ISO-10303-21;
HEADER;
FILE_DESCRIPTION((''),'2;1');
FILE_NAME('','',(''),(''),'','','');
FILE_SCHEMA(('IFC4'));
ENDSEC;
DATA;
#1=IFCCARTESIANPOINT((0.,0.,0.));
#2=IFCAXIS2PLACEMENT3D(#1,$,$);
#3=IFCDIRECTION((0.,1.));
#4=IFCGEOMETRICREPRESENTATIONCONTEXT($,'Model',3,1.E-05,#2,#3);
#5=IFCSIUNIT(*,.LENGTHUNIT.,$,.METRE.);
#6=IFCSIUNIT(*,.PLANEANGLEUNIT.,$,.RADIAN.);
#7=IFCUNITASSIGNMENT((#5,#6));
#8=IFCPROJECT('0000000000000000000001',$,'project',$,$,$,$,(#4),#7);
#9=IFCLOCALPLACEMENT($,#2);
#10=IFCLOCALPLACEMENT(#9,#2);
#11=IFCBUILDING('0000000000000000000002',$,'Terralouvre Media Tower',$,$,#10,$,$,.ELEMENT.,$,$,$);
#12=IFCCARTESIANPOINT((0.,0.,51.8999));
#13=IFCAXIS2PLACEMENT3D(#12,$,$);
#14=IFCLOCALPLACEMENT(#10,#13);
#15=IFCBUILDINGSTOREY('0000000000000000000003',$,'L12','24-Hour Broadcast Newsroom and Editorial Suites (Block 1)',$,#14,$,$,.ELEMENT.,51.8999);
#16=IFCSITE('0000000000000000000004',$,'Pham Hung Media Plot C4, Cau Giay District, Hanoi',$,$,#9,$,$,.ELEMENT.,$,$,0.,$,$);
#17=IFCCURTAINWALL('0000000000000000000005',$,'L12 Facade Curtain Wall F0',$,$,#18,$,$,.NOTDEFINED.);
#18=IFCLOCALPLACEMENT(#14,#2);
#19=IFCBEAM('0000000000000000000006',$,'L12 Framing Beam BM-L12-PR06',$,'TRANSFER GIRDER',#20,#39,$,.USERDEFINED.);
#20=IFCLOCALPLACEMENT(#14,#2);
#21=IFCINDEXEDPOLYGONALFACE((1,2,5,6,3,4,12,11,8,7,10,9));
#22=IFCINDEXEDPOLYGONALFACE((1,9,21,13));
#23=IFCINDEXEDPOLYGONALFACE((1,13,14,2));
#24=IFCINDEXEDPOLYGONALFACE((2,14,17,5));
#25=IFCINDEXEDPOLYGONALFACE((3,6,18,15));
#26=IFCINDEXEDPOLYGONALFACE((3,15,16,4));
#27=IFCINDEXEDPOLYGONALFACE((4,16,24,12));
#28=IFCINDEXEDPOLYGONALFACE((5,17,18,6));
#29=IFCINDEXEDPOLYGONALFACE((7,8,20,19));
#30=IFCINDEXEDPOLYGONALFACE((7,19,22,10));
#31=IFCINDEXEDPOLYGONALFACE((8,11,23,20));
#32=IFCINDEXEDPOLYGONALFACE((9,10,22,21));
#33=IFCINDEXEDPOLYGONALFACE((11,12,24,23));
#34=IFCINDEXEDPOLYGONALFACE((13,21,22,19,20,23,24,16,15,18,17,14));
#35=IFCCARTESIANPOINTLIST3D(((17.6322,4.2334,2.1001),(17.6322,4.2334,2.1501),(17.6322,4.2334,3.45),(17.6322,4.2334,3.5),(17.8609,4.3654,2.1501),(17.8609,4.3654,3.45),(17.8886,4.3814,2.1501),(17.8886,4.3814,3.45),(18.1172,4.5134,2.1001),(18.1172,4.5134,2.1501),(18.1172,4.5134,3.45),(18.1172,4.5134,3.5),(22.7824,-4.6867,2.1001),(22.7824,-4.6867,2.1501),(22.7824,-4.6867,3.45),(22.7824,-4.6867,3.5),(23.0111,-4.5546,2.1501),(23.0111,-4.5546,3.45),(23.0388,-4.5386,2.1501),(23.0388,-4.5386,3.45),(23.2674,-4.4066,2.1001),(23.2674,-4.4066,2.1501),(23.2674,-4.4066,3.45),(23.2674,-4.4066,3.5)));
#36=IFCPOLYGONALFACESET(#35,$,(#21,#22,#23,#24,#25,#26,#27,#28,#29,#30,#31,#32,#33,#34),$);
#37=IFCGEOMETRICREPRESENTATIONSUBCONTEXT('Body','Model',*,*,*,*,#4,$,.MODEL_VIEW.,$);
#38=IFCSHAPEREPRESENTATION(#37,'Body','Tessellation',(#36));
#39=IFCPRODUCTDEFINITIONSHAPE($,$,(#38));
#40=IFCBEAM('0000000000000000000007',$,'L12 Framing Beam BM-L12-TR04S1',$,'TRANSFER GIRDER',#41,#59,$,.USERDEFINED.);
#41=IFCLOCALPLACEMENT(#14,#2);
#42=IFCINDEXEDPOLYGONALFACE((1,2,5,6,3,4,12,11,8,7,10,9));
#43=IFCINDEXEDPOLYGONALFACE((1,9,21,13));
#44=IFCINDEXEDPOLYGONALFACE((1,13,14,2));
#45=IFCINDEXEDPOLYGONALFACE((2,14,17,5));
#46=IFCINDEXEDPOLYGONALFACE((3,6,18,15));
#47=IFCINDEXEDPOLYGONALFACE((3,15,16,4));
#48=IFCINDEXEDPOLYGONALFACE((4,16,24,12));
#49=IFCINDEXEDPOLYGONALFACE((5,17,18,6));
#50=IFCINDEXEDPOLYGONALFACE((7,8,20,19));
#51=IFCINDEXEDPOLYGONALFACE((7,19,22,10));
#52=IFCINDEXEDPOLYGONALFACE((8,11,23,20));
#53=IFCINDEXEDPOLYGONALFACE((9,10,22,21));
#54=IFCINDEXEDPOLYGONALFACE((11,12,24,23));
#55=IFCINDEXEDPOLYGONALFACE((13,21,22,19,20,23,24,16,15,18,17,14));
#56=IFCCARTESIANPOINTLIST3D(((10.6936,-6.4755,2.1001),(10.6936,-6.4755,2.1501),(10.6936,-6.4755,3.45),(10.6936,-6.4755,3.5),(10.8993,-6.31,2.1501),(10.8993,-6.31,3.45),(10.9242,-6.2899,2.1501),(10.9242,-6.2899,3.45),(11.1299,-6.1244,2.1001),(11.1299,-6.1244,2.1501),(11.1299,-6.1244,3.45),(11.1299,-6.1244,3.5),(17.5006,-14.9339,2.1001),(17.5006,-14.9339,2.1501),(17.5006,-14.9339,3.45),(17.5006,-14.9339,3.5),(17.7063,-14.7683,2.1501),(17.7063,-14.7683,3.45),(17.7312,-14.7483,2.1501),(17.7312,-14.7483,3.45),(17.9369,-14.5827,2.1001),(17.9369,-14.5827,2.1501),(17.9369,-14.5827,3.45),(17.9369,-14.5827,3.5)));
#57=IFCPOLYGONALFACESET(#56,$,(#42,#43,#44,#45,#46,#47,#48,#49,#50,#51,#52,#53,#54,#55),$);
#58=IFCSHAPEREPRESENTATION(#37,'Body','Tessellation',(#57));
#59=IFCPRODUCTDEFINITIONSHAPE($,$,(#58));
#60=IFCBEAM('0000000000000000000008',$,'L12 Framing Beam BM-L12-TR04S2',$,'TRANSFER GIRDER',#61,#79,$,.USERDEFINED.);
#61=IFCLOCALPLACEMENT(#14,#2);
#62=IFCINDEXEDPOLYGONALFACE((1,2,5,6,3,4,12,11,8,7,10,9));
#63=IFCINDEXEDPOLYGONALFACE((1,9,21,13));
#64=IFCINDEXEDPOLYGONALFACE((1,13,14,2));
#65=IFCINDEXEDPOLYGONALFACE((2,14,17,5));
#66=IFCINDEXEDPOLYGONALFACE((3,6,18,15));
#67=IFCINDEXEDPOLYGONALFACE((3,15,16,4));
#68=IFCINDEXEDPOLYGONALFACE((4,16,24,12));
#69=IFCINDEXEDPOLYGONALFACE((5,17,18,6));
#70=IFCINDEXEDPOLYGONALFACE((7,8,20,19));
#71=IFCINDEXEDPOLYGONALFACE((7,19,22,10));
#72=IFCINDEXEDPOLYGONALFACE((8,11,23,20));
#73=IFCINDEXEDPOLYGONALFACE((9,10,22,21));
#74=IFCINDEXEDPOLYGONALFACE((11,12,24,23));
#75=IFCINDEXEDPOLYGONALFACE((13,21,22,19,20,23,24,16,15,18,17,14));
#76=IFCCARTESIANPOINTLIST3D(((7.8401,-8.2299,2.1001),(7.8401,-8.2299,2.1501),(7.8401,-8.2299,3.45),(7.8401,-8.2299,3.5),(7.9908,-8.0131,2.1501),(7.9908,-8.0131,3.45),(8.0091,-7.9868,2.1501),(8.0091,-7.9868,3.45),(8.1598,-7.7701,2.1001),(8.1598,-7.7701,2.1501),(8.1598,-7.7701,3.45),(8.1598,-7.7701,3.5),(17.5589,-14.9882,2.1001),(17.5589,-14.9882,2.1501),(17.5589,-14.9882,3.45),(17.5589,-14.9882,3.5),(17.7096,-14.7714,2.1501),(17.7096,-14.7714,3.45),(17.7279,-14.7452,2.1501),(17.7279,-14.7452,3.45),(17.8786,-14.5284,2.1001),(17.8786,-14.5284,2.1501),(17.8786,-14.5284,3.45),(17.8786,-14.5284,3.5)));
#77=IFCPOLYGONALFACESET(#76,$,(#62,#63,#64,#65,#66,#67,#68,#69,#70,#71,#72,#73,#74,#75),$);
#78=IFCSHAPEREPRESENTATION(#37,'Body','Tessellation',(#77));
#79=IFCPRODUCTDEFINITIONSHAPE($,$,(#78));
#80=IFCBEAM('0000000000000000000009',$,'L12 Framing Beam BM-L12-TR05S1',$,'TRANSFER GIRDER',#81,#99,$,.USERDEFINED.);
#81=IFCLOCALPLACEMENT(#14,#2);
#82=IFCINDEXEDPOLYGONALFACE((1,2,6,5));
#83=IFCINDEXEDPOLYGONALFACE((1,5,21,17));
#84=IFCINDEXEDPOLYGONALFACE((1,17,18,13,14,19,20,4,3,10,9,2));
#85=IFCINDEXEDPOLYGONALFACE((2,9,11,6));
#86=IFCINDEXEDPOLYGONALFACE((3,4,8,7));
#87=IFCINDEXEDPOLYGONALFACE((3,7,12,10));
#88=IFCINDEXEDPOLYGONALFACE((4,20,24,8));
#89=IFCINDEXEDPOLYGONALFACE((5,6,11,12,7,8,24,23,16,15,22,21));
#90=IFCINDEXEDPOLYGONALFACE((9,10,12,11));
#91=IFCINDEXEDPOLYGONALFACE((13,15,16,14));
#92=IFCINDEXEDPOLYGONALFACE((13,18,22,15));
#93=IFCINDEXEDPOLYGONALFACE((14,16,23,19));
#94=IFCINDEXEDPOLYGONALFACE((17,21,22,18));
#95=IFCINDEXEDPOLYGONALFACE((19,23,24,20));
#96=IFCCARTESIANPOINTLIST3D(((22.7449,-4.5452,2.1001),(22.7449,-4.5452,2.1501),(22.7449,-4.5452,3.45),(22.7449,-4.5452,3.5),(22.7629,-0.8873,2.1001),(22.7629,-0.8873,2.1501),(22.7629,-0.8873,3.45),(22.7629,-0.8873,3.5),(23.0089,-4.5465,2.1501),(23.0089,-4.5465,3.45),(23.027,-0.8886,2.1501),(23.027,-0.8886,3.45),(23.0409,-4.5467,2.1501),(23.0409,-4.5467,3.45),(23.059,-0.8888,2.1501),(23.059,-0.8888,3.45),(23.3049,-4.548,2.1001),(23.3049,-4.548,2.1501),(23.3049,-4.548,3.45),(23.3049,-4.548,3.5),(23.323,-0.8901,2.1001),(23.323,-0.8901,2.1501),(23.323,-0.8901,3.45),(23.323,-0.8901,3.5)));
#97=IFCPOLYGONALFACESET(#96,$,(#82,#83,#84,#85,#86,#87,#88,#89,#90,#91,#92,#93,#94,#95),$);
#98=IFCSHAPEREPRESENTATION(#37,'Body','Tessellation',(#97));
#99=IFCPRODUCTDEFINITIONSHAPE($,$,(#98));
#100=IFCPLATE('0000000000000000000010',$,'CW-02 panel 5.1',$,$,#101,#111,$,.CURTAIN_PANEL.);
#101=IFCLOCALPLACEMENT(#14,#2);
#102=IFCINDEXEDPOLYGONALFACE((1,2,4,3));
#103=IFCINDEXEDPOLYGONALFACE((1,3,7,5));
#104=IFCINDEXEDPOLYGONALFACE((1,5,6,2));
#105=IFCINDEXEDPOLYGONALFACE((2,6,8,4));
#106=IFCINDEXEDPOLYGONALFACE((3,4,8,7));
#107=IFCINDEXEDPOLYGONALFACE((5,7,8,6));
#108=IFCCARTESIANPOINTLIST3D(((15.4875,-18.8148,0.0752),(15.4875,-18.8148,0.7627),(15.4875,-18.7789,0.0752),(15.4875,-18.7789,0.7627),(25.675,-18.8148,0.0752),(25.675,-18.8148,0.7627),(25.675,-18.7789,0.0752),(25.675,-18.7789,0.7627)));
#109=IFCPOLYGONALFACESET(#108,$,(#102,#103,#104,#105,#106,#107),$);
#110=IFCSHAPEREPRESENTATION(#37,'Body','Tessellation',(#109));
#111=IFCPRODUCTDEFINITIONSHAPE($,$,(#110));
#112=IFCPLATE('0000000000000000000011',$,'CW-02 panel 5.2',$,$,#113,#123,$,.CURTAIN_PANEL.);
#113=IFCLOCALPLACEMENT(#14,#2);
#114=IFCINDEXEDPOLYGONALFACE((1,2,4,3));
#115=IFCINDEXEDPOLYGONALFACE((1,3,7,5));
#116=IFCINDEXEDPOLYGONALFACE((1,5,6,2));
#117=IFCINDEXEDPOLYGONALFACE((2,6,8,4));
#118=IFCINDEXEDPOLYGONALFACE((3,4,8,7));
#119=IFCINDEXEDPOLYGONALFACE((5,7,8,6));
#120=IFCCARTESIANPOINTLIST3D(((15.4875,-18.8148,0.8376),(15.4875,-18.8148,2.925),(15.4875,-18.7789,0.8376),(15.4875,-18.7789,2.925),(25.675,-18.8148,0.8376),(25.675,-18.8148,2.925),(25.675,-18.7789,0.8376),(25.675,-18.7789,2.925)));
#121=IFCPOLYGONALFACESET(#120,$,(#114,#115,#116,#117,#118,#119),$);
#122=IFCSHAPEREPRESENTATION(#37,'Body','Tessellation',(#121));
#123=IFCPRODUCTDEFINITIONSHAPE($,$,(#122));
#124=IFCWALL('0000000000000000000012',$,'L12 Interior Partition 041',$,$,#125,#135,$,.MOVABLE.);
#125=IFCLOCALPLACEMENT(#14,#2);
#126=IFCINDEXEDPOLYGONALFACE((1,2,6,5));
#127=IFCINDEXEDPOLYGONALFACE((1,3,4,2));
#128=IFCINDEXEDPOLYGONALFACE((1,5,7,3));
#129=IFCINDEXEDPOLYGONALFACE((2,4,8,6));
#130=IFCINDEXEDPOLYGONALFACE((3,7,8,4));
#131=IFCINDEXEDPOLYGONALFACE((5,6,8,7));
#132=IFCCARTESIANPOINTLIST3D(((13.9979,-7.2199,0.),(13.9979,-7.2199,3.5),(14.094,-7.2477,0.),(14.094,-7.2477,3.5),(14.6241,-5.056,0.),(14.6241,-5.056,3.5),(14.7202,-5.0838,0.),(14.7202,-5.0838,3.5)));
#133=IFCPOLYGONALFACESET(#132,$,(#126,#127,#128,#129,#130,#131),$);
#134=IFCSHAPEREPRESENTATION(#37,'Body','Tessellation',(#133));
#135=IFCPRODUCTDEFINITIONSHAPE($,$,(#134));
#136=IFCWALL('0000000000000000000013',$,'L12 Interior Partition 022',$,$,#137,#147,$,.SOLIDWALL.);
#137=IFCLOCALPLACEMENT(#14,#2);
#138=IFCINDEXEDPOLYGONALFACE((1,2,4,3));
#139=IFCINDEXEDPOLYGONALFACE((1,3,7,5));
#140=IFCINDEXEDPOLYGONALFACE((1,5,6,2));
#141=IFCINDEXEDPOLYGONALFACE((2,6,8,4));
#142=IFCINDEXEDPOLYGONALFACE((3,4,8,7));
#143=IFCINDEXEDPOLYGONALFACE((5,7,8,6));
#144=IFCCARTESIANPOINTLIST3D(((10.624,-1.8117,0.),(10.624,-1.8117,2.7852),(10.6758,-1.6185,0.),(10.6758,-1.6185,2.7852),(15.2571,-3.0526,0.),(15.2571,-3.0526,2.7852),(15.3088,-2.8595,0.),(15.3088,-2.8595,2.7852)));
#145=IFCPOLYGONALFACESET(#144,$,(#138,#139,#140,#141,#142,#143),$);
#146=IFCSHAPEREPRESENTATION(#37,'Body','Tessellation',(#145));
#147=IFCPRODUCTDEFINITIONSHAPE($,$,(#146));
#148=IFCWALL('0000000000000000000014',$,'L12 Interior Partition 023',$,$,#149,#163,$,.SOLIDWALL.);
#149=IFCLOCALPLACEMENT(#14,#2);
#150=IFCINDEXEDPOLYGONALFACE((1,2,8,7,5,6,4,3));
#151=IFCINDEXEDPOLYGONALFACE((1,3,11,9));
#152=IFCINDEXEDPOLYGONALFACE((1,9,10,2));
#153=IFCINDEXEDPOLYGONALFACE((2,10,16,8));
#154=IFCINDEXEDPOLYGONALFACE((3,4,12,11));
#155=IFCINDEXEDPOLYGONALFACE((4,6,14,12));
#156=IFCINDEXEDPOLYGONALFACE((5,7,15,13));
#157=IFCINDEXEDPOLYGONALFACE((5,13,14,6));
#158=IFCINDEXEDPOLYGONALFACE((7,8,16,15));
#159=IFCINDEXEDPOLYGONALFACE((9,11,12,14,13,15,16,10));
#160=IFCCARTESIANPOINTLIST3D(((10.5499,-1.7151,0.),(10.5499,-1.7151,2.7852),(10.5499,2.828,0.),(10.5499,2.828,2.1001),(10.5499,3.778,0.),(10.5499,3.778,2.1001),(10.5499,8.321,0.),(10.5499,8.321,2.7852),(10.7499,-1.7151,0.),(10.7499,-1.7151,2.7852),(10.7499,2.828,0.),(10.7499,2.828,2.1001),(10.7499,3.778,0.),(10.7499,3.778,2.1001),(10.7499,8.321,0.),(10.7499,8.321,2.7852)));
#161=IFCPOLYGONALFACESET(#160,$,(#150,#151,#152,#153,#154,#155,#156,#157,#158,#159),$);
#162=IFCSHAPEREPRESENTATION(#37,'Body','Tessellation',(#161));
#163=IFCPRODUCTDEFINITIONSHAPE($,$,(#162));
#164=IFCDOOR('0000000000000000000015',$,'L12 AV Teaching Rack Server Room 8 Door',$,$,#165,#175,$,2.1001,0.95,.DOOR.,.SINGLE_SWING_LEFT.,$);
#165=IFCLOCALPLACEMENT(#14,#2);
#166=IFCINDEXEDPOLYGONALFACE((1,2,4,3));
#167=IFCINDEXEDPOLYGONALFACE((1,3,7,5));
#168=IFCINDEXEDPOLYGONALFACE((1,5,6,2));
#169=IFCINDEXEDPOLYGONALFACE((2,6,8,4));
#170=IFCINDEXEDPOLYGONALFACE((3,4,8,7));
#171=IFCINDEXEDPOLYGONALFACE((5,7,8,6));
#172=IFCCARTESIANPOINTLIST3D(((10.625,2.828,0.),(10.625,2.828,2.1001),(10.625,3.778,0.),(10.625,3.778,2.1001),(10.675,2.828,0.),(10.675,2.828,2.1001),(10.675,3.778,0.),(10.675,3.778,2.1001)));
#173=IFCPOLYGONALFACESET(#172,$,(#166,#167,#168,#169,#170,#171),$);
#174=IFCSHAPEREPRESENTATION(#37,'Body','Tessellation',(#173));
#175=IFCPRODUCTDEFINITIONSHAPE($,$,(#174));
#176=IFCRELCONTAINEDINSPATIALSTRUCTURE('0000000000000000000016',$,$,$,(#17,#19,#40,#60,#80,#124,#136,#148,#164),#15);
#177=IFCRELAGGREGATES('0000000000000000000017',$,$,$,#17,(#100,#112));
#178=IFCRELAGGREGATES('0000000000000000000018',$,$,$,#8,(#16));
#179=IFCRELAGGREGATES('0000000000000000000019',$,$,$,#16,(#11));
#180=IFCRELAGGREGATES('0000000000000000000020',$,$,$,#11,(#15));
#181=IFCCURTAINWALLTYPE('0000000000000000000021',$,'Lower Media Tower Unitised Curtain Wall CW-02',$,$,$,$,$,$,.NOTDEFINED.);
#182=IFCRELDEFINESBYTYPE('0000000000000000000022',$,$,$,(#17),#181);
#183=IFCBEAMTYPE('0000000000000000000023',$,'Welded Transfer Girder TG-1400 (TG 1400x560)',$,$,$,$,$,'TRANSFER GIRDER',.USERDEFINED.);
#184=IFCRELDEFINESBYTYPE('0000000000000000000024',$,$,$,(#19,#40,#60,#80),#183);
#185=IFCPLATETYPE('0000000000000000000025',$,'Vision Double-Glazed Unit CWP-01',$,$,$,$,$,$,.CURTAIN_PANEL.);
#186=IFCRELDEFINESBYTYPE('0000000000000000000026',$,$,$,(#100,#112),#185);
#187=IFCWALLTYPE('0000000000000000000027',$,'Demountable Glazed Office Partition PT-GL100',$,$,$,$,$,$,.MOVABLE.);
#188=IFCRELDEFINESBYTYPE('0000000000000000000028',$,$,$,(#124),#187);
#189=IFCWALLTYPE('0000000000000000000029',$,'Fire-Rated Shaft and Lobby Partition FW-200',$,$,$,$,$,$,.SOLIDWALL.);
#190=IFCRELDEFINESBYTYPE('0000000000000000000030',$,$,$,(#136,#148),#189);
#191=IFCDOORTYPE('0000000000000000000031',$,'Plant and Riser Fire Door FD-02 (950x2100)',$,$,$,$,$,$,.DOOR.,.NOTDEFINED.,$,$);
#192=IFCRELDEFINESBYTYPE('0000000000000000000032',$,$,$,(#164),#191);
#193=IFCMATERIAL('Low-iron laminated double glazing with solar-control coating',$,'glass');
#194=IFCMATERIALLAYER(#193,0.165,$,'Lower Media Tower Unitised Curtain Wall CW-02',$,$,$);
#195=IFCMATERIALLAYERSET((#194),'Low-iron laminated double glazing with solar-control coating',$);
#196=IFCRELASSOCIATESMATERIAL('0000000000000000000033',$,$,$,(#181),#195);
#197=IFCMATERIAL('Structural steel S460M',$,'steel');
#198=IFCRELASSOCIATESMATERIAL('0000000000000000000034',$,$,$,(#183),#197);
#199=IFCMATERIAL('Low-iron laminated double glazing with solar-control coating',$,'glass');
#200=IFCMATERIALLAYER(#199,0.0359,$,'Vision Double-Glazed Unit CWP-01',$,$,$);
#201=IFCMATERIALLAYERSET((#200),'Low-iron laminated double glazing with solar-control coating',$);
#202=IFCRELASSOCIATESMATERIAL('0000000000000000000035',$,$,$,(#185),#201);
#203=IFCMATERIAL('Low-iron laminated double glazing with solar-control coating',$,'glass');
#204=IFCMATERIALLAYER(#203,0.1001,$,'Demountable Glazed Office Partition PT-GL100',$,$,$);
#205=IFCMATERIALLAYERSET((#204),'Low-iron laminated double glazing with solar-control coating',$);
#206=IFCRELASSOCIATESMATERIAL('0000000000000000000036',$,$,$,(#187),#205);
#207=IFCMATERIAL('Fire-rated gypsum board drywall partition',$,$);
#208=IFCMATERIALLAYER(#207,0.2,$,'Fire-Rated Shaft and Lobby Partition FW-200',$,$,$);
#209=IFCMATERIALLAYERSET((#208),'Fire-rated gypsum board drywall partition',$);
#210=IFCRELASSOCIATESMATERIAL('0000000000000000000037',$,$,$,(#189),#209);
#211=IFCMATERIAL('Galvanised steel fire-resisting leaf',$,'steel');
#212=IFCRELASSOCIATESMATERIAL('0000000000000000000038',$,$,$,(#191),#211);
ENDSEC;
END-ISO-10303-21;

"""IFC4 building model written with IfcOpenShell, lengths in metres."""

from ifc_helpers import new_model, si_unit, direction, frame, frame_2d, origin, origin_2d, place, context, subcontext, project, spatial, rectangle, i_section, extrude, material, layer, layer_set, material_profile, profile_set, type_object, element, fill, aggregate, save


model = new_model("IFC4")

# Units and contexts
model_context = context("Model", 3, precision=1e-05, world=origin(), true_north=direction((0.0, 1.0)))
body_context = subcontext(model_context, "Body", "Model", "MODEL_VIEW")
ifc_project = project(units=[si_unit("LENGTHUNIT", "METRE"), si_unit("PLANEANGLEUNIT", "RADIAN")], contexts=[model_context])

# Site, building, storey
site_placement = place(None, origin())
site = spatial("IfcSite", under=ifc_project, at=site_placement, Name="Pham Hung Media Plot C4, Cau Giay District, Hanoi", CompositionType="ELEMENT", RefElevation=0.0)
building_placement = place(site_placement, origin())
building = spatial("IfcBuilding", under=site, at=building_placement, Name="Terralouvre Media Tower", CompositionType="ELEMENT")
storey_placement = place(building_placement, frame((0.0, 0.0, 51.8999)))
storey = spatial("IfcBuildingStorey", under=building, at=storey_placement, Name="L12", Description="24-Hour Broadcast Newsroom and Editorial Suites (Block 1)", CompositionType="ELEMENT", Elevation=51.8999)

# Curtain wall
ifc_material_1 = material(Name="Low-iron laminated double glazing with solar-control coating", Category="glass")
ifc_layer_1 = layer(ifc_material_1, 0.165, Name="Lower Media Tower Unitised Curtain Wall CW-02")
ifc_layer_set_1 = layer_set([ifc_layer_1], Name="Low-iron laminated double glazing with solar-control coating")
curtain_wall_type = type_object("IfcCurtainWallType", Name="Lower Media Tower Unitised Curtain Wall CW-02", PredefinedType="NOTDEFINED", material=ifc_layer_set_1)
curtain_wall_placement = place(storey_placement, origin())
curtain_wall = element("IfcCurtainWall", 1, at=curtain_wall_placement, inside=storey, type_object=curtain_wall_type, Name="L12 Facade Curtain Wall F0", PredefinedType="NOTDEFINED")

# Beams
ifc_material_2 = material(Name="Structural steel S460M", Category="steel")
ifc_material_profile_1 = material_profile(ifc_material_2, i_section(OverallWidth=0.5601, OverallDepth=1.3999, WebThickness=0.032, FlangeThickness=0.05, at=origin_2d()), Name="TG 1400x560")
ifc_profile_set_1 = profile_set([ifc_material_profile_1], Name="Structural steel S460M")
beam_type_1 = type_object("IfcBeamType", Name="Welded Transfer Girder TG-1400 (TG 1400x560)", ElementType="TRANSFER GIRDER", PredefinedType="USERDEFINED", material=ifc_profile_set_1)
beam_1_placement = place(storey_placement, frame((23.0249, -4.5466, 2.8), z_axis=(-0.500017, 0.866016, 0.0), x_axis=(-0.866016, -0.500017, 0.0)))
element("IfcBeam", 2, at=beam_1_placement, inside=storey, type_object=beam_type_1, Name="L12 Framing Beam BM-L12-PR06", ObjectType="TRANSFER GIRDER", PredefinedType="USERDEFINED", context=body_context, shape_type="SweptSolid", body=[
    extrude(i_section(OverallWidth=0.5601, OverallDepth=1.3999, WebThickness=0.032, FlangeThickness=0.05, at=origin_2d()), origin(), (0.0, 0.0, 1.0), 10.3),
])
beam_2_placement = place(storey_placement, frame((17.7188, -14.7583, 2.8), z_axis=(-0.626955, 0.779056, 0.0), x_axis=(-0.779056, -0.626955, 0.0)))
element("IfcBeam", 3, at=beam_2_placement, inside=storey, type_object=beam_type_1, Name="L12 Framing Beam BM-L12-TR04S1", ObjectType="TRANSFER GIRDER", PredefinedType="USERDEFINED", context=body_context, shape_type="SweptSolid", body=[
    extrude(i_section(OverallWidth=0.5601, OverallDepth=1.3999, WebThickness=0.032, FlangeThickness=0.05, at=origin_2d()), origin(), (0.0, 0.0, 1.0), 10.8572),
])
beam_3_placement = place(storey_placement, frame((17.7188, -14.7583, 2.8), z_axis=(-0.821007, 0.570918, 0.0), x_axis=(-0.570918, -0.821007, 0.0)))
element("IfcBeam", 4, at=beam_3_placement, inside=storey, type_object=beam_type_1, Name="L12 Framing Beam BM-L12-TR04S2", ObjectType="TRANSFER GIRDER", PredefinedType="USERDEFINED", context=body_context, shape_type="SweptSolid", body=[
    extrude(i_section(OverallWidth=0.5601, OverallDepth=1.3999, WebThickness=0.032, FlangeThickness=0.05, at=origin_2d()), origin(), (0.0, 0.0, 1.0), 11.8376),
])
beam_4_placement = place(storey_placement, frame((23.043, -0.8887, 2.8), z_axis=(-0.004939, -0.999988, 0.0), x_axis=(0.999988, -0.004939, 0.0)))
element("IfcBeam", 5, at=beam_4_placement, inside=storey, type_object=beam_type_1, Name="L12 Framing Beam BM-L12-TR05S1", ObjectType="TRANSFER GIRDER", PredefinedType="USERDEFINED", context=body_context, shape_type="SweptSolid", body=[
    extrude(i_section(OverallWidth=0.5601, OverallDepth=1.3999, WebThickness=0.032, FlangeThickness=0.05, at=origin_2d()), origin(), (0.0, 0.0, 1.0), 3.658),
])

# Plates
ifc_material_3 = material(Name="Low-iron laminated double glazing with solar-control coating", Category="glass")
ifc_layer_2 = layer(ifc_material_3, 0.0359, Name="Vision Double-Glazed Unit CWP-01")
ifc_layer_set_2 = layer_set([ifc_layer_2], Name="Low-iron laminated double glazing with solar-control coating")
plate_type = type_object("IfcPlateType", Name="Vision Double-Glazed Unit CWP-01", PredefinedType="CURTAIN_PANEL", material=ifc_layer_set_2)
plate_1_placement = place(storey_placement, frame((20.5813, -18.7969, 0.0752), z_axis=(0.0, 0.0, 1.0), x_axis=(1.0, 0.0, 0.0)))
plate_1 = element("IfcPlate", 6, at=plate_1_placement, type_object=plate_type, Name="CW-02 panel 5.1", PredefinedType="CURTAIN_PANEL", context=body_context, shape_type="SweptSolid", body=[
    extrude(rectangle(XDim=10.1875, YDim=0.0359, at=origin_2d()), origin(), (0.0, 0.0, 1.0), 0.6875),
])
plate_2_placement = place(storey_placement, frame((20.5813, -18.7969, 0.8376), z_axis=(0.0, 0.0, 1.0), x_axis=(1.0, 0.0, 0.0)))
plate_2 = element("IfcPlate", 7, at=plate_2_placement, type_object=plate_type, Name="CW-02 panel 5.2", PredefinedType="CURTAIN_PANEL", context=body_context, shape_type="SweptSolid", body=[
    extrude(rectangle(XDim=10.1875, YDim=0.0359, at=origin_2d()), origin(), (0.0, 0.0, 1.0), 2.0874),
])
aggregate(curtain_wall, [plate_1, plate_2])

# Walls
ifc_material_4 = material(Name="Low-iron laminated double glazing with solar-control coating", Category="glass")
ifc_layer_3 = layer(ifc_material_4, 0.1001, Name="Demountable Glazed Office Partition PT-GL100")
ifc_layer_set_3 = layer_set([ifc_layer_3], Name="Low-iron laminated double glazing with solar-control coating")
wall_type_1 = type_object("IfcWallType", Name="Demountable Glazed Office Partition PT-GL100", PredefinedType="MOVABLE", material=ifc_layer_set_3)
wall_1_placement = place(storey_placement, frame((14.0459, -7.2339, 0.0), z_axis=(0.0, 0.0, 1.0), x_axis=(0.277998, 0.960582, 0.0)))
element("IfcWall", 8, at=wall_1_placement, inside=storey, type_object=wall_type_1, Name="L12 Interior Partition 041", PredefinedType="MOVABLE", context=body_context, shape_type="SweptSolid", body=[
    extrude(rectangle(XDim=2.2527, YDim=0.1001, at=frame_2d((1.1265, 0.0))), origin(), (0.0, 0.0, 1.0), 3.5),
])
ifc_material_5 = material(Name="Fire-rated gypsum board drywall partition")
ifc_layer_4 = layer(ifc_material_5, 0.2, Name="Fire-Rated Shaft and Lobby Partition FW-200")
ifc_layer_set_4 = layer_set([ifc_layer_4], Name="Fire-rated gypsum board drywall partition")
wall_type_2 = type_object("IfcWallType", Name="Fire-Rated Shaft and Lobby Partition FW-200", PredefinedType="SOLIDWALL", material=ifc_layer_set_4)
wall_2_placement = place(storey_placement, frame((15.283, -2.9561, 0.0), z_axis=(0.0, 0.0, 1.0), x_axis=(-0.96595, 0.25873, 0.0)))
element("IfcWall", 9, at=wall_2_placement, inside=storey, type_object=wall_type_2, Name="L12 Interior Partition 022", PredefinedType="SOLIDWALL", context=body_context, shape_type="SweptSolid", body=[
    extrude(rectangle(XDim=4.7964, YDim=0.2, at=frame_2d((2.3982, 0.0))), origin(), (0.0, 0.0, 1.0), 2.7852),
])

# Wall, opening, door
wall_3_placement = place(storey_placement, frame((10.6499, -1.7151, 0.0), z_axis=(0.0, 0.0, 1.0), x_axis=(0.0, 1.0, 0.0)))
wall_3 = element("IfcWall", 10, at=wall_3_placement, inside=storey, type_object=wall_type_2, Name="L12 Interior Partition 023", PredefinedType="SOLIDWALL", context=body_context, shape_type="SweptSolid", body=[
    extrude(rectangle(XDim=10.0361, YDim=0.2, at=frame_2d((5.0181, 0.0))), origin(), (0.0, 0.0, 1.0), 2.7852),
])
opening_1_placement = place(wall_3_placement, frame((4.543, 0.0, 0.0)))
opening_1 = element("IfcOpeningElement", 11, at=opening_1_placement, cuts=wall_3, PredefinedType="OPENING", context=body_context, shape_type="SweptSolid", body=[
    extrude(rectangle(XDim=0.95, YDim=2.1001, at=frame_2d((0.4751, 1.05))), frame((0.0, 0.1099, 0.0), z_axis=(0.0, -1.0, 0.0), x_axis=(1.0, 0.0, 0.0)), (0.0, 0.0, 1.0), 0.22),
])
ifc_material_6 = material(Name="Galvanised steel fire-resisting leaf", Category="steel")
door_type_1 = type_object("IfcDoorType", Name="Plant and Riser Fire Door FD-02 (950x2100)", OperationType="NOTDEFINED", PredefinedType="DOOR", material=ifc_material_6)
door_1_placement = place(opening_1_placement, origin())
door_1 = element("IfcDoor", 12, at=door_1_placement, inside=storey, type_object=door_type_1, Name="L12 AV Teaching Rack Server Room 8 Door", OperationType="SINGLE_SWING_LEFT", OverallHeight=2.1001, OverallWidth=0.95, PredefinedType="DOOR", context=body_context, shape_type="SweptSolid", body=[
    extrude(rectangle(XDim=0.95, YDim=2.1001, at=frame_2d((0.4751, 1.05))), frame((0.0, 0.0249, 0.0), z_axis=(0.0, -1.0, 0.0), x_axis=(1.0, 0.0, 0.0)), (0.0, 0.0, 1.0), 0.05),
])
fill(opening_1, door_1)

save(model, "model.ifc")
